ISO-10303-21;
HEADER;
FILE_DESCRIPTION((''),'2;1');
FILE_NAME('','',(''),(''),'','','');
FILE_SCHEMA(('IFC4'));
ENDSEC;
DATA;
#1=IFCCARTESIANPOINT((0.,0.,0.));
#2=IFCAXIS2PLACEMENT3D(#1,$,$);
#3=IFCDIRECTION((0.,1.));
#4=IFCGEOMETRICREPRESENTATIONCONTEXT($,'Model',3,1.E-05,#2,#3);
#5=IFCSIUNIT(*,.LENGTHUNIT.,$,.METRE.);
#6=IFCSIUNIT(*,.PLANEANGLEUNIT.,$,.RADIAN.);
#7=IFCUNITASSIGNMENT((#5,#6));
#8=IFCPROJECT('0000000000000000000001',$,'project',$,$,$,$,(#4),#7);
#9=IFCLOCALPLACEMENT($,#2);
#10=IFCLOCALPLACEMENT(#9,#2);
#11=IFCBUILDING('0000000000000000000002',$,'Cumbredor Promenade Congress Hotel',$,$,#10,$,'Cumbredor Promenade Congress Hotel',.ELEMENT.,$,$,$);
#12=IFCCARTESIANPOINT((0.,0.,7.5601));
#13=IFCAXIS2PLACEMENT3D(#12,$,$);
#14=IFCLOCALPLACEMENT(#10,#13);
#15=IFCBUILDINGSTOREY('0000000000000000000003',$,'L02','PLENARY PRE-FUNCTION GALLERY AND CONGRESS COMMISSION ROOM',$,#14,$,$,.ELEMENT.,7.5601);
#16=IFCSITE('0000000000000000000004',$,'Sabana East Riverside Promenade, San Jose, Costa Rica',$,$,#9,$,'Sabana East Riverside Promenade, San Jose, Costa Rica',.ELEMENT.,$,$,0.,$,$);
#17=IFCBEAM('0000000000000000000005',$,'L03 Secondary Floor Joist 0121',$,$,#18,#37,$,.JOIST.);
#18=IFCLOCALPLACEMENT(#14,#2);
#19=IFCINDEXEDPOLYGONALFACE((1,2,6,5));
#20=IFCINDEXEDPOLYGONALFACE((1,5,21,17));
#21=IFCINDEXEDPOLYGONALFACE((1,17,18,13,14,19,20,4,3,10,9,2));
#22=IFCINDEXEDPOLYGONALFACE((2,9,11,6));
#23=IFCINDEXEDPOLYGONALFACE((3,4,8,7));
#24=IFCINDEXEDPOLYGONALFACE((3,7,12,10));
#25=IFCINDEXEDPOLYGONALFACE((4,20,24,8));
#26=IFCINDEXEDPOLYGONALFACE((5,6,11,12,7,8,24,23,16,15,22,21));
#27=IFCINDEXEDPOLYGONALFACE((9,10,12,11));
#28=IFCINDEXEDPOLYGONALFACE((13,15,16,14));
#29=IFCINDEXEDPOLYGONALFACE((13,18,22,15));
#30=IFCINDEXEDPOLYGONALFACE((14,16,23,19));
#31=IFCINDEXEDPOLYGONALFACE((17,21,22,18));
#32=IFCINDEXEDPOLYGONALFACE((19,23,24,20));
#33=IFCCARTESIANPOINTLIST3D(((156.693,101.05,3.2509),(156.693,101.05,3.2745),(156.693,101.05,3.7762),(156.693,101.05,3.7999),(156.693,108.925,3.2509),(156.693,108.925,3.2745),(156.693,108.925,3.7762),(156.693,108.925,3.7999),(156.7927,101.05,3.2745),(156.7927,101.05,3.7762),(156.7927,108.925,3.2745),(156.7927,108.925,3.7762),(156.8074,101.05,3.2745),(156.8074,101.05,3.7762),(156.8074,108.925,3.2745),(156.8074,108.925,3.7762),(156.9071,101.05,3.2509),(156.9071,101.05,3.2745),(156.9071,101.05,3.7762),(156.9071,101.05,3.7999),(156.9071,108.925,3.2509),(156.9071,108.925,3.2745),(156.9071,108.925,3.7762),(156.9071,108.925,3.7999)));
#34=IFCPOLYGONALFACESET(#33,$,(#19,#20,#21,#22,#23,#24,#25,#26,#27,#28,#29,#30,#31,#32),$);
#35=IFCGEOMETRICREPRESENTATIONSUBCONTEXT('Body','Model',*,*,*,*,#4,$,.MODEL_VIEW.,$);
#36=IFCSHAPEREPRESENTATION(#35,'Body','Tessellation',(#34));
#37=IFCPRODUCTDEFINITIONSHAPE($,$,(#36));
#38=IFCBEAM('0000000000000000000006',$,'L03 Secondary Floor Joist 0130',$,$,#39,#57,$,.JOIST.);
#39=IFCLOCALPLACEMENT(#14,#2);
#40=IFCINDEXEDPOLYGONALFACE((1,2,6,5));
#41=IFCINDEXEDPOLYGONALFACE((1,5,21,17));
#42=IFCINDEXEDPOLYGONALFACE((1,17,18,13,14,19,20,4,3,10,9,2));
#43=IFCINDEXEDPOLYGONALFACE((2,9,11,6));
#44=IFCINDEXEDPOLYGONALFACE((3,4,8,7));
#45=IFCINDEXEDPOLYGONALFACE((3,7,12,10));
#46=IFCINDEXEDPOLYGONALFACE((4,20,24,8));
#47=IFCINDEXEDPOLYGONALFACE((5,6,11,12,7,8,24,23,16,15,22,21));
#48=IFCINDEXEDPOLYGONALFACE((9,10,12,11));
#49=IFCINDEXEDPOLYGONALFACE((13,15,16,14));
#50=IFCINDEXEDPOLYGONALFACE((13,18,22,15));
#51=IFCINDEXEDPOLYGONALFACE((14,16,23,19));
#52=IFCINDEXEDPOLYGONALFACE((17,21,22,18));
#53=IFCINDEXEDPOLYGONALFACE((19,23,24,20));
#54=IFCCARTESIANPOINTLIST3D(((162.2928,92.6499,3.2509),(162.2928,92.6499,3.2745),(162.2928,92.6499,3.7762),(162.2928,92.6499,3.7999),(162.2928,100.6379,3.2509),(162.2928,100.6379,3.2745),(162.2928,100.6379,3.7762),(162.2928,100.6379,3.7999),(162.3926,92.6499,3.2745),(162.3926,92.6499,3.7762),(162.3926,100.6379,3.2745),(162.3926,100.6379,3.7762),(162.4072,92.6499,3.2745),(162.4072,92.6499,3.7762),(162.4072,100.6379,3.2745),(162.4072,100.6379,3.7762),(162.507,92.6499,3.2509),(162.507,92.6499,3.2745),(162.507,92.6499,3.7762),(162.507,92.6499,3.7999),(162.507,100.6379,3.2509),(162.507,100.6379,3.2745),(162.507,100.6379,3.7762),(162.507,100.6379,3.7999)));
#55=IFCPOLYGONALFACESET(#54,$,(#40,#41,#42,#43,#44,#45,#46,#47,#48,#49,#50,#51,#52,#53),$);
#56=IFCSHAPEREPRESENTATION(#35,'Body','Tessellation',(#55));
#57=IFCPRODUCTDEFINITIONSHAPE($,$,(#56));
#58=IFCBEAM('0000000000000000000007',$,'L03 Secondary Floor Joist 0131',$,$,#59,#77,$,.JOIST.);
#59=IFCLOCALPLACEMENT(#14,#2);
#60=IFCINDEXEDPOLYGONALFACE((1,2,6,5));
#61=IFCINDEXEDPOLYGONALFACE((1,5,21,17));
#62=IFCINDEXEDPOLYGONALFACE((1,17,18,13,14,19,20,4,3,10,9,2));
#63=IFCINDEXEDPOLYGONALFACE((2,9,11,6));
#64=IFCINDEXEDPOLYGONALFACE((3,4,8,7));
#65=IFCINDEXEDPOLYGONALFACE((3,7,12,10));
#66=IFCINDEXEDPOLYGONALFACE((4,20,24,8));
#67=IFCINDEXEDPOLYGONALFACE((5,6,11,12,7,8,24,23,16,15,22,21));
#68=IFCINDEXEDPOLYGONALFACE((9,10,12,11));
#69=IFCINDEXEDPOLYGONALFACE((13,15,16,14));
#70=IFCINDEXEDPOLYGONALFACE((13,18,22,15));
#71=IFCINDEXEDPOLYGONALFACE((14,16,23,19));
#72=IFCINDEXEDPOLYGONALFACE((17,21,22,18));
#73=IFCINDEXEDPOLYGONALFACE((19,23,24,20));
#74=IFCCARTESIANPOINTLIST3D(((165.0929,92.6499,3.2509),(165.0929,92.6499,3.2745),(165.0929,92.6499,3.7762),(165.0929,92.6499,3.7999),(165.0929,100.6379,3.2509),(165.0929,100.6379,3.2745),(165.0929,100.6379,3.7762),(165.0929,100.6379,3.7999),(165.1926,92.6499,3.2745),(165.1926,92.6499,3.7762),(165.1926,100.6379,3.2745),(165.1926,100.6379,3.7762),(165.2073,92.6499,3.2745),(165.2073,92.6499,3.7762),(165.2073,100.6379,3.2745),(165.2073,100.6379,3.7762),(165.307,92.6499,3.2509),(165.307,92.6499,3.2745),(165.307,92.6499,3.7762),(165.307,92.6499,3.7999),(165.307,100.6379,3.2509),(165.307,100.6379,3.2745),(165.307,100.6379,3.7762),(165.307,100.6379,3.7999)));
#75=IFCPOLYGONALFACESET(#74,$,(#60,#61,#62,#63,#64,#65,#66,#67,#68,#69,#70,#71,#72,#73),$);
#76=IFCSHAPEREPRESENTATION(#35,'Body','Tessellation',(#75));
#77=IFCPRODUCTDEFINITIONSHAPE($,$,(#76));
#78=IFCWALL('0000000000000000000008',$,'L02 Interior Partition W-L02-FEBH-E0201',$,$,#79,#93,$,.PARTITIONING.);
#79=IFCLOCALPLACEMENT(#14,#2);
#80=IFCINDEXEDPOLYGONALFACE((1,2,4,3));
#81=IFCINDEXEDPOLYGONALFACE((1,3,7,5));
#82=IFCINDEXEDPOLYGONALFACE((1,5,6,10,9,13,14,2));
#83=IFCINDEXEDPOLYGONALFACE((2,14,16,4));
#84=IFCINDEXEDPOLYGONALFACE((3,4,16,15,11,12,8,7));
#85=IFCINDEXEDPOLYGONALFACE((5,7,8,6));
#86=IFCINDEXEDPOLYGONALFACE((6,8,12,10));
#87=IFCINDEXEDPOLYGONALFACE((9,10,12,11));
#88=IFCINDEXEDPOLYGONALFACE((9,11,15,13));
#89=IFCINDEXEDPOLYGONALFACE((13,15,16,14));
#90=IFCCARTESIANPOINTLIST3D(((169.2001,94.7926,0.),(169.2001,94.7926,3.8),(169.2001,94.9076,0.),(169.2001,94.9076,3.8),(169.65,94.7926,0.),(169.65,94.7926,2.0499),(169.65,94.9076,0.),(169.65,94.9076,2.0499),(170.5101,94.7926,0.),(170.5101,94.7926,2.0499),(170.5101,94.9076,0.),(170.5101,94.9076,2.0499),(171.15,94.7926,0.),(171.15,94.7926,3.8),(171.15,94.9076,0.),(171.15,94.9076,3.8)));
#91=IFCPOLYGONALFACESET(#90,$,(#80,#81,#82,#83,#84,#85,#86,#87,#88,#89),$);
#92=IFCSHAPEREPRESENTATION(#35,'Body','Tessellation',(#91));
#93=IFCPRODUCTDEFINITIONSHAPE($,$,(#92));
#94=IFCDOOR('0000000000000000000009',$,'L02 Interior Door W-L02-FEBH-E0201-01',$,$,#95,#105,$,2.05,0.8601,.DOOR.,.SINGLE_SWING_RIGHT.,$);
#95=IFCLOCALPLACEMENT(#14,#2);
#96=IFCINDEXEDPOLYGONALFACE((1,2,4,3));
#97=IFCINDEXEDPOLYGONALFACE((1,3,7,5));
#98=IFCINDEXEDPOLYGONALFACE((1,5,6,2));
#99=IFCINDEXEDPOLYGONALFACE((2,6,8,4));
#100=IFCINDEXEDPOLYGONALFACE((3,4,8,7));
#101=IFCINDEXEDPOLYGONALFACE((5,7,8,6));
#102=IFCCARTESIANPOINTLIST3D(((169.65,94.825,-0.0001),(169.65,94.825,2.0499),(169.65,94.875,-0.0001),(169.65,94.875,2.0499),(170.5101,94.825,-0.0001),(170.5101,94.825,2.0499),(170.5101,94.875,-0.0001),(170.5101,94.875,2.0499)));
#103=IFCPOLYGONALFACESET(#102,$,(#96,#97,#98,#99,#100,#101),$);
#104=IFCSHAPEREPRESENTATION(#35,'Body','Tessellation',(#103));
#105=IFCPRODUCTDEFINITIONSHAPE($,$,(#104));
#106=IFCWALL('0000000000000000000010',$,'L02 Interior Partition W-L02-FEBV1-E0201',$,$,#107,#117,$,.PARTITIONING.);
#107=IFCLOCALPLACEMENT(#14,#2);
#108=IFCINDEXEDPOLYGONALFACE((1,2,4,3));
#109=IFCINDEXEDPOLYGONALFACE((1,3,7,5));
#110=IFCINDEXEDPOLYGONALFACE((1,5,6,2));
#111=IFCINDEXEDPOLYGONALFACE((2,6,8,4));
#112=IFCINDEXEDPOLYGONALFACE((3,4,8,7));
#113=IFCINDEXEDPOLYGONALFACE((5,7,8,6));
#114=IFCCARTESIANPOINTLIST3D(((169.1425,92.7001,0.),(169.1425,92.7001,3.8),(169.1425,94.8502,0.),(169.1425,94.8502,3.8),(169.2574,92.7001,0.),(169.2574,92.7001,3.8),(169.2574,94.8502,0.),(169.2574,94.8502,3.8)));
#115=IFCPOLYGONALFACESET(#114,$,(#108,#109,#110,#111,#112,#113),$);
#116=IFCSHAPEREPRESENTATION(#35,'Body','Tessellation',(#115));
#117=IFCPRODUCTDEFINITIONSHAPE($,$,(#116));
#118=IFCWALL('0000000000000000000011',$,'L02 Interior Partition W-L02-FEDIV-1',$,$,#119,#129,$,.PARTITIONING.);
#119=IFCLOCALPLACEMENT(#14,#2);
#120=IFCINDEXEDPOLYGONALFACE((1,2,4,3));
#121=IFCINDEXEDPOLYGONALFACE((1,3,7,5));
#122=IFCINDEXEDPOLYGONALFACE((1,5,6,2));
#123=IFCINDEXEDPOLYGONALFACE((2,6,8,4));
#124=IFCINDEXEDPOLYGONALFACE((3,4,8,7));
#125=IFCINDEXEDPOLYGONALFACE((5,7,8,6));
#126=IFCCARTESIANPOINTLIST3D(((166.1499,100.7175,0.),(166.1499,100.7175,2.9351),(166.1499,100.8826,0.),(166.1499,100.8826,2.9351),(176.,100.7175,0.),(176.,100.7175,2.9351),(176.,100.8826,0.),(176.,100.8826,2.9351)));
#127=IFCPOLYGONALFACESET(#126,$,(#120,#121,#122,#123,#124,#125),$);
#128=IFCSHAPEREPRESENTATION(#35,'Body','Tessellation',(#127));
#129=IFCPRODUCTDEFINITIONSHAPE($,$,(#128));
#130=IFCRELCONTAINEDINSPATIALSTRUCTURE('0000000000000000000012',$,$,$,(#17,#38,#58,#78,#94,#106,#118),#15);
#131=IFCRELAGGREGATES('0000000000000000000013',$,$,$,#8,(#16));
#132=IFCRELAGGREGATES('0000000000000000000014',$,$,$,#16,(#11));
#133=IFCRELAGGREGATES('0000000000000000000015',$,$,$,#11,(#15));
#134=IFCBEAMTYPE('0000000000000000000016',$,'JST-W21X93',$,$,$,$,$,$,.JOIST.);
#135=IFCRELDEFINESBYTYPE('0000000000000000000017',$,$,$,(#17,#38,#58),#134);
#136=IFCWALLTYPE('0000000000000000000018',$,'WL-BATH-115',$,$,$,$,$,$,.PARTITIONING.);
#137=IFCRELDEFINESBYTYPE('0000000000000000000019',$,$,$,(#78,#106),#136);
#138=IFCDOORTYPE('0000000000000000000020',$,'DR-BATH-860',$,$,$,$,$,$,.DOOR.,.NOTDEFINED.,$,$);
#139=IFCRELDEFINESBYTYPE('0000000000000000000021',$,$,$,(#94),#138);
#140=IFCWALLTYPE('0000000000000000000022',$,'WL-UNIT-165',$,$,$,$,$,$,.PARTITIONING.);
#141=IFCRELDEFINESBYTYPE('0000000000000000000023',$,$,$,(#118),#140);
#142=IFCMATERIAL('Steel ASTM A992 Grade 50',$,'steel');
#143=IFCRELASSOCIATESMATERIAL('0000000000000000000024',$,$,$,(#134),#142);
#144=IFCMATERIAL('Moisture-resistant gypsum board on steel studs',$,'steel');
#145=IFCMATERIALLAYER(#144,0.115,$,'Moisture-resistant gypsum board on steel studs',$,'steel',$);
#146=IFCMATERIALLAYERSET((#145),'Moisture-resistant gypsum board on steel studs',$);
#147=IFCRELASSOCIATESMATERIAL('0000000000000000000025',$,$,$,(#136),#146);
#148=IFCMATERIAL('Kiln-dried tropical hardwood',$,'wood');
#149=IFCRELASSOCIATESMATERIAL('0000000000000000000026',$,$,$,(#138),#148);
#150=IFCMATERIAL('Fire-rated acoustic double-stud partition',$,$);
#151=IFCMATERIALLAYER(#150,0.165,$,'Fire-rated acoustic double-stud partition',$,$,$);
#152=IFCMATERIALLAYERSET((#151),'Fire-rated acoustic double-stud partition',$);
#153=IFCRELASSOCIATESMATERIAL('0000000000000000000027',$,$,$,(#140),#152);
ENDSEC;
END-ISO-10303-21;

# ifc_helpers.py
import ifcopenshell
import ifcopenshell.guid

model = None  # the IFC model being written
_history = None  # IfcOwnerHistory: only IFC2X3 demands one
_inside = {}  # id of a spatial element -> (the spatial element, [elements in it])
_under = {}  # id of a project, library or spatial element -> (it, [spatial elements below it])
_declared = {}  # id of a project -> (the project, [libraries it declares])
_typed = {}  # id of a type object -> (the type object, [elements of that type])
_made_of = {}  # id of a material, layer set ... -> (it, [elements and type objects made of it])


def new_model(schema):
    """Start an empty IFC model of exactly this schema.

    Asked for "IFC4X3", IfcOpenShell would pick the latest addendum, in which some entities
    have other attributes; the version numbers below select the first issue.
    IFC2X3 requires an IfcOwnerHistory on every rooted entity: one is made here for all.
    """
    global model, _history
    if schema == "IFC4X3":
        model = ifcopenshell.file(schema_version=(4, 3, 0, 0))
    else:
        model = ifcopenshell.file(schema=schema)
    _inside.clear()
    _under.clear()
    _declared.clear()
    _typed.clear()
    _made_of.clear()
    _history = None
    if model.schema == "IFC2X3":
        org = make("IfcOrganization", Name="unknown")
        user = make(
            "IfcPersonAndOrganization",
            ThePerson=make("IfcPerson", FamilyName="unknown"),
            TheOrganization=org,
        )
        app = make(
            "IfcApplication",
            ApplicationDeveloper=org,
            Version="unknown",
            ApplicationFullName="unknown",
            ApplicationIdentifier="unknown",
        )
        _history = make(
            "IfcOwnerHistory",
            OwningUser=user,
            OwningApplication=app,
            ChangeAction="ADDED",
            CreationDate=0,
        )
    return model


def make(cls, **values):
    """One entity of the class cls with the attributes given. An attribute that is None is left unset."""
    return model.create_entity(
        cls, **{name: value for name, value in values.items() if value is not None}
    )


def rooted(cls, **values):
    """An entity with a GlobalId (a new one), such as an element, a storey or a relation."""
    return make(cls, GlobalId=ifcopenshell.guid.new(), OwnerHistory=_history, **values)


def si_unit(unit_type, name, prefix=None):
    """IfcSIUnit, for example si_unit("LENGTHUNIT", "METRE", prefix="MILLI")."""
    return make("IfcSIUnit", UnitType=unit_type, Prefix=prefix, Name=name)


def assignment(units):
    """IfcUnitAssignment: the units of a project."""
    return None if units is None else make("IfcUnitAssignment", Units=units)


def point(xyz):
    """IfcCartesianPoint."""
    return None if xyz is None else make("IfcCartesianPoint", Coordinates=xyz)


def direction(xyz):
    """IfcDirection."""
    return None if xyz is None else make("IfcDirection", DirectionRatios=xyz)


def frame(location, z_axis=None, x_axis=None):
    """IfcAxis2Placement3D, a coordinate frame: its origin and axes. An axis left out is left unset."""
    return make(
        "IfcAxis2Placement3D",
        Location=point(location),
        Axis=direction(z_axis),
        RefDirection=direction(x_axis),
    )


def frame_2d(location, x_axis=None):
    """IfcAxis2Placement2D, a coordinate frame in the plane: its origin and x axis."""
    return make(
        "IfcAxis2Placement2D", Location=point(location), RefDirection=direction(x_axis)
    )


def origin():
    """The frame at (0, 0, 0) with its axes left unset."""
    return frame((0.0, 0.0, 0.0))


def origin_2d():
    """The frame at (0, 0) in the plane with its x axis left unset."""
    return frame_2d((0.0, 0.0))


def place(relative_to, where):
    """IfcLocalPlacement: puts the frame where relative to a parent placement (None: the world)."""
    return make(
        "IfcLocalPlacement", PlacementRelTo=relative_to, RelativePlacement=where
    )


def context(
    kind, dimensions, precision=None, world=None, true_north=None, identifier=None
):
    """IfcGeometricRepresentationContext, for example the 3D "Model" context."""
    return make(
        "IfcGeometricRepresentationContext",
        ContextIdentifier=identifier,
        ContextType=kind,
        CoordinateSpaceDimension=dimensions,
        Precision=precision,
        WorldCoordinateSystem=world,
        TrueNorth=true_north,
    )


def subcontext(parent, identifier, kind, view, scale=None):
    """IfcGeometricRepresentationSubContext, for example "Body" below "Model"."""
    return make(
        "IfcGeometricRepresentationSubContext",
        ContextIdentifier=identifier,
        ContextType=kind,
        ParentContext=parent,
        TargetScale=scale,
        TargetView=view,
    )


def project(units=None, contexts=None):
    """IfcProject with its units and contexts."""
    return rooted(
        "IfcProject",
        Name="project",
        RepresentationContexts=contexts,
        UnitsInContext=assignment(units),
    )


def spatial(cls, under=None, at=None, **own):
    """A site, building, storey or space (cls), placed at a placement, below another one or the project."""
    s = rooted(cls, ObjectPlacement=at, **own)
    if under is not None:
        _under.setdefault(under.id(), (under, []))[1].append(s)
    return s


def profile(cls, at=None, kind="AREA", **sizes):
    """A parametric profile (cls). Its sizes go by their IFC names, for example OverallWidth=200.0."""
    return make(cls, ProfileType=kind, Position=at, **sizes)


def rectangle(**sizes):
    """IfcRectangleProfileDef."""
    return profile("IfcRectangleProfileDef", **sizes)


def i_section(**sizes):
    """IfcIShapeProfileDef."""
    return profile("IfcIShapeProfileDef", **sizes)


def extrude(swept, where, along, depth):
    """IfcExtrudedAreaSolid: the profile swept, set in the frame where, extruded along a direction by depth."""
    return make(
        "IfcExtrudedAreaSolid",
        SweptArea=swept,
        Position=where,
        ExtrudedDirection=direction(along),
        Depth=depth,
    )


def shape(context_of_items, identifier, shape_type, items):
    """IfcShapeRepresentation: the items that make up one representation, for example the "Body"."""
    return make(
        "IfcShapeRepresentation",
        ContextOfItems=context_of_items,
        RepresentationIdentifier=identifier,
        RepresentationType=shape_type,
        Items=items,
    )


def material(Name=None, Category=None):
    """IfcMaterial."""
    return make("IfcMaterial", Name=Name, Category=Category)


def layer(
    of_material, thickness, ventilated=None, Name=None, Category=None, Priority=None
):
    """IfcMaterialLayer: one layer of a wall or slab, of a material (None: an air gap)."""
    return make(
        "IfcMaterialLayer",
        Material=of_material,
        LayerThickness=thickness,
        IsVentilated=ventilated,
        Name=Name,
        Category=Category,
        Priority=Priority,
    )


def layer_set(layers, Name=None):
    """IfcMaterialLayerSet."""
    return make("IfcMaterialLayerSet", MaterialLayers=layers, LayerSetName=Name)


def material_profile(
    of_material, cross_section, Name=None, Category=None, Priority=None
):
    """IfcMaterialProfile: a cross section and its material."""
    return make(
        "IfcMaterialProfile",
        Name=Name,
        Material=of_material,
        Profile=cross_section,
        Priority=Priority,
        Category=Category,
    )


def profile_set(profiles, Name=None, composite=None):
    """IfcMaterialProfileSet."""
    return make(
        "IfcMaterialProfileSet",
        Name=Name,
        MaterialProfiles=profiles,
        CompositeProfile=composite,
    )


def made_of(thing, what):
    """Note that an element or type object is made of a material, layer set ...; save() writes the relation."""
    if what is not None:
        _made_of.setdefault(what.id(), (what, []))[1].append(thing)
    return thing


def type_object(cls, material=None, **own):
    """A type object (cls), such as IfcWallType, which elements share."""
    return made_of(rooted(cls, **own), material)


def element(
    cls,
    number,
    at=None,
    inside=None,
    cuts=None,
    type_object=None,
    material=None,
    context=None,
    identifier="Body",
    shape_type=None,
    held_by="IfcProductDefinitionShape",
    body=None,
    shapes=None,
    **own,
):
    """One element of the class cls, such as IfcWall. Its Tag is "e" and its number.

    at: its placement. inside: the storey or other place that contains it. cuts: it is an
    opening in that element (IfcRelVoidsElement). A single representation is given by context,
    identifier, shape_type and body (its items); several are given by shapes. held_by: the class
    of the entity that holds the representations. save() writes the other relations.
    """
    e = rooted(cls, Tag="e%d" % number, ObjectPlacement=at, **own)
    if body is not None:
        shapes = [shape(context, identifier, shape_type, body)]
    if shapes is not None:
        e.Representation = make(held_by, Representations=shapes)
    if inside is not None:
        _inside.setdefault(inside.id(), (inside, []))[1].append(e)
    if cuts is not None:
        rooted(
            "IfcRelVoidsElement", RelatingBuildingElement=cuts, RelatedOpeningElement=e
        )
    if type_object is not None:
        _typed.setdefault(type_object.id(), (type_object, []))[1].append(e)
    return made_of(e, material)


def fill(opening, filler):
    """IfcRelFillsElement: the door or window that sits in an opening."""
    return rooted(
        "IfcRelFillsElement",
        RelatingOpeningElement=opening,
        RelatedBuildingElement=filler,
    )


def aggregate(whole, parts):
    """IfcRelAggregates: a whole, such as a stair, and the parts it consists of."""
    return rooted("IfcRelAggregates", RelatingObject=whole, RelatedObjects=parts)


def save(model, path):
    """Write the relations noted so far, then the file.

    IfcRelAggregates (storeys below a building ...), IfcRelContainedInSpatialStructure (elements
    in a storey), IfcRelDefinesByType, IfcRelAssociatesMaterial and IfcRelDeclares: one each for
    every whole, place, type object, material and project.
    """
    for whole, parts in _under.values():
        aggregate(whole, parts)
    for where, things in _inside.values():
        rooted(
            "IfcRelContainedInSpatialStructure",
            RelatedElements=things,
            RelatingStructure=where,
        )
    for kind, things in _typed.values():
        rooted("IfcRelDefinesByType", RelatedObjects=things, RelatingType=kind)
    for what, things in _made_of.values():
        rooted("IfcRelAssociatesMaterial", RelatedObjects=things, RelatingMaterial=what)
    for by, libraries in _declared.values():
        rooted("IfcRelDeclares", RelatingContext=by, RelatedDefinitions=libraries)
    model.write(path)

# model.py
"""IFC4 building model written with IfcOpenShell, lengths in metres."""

from ifc_helpers import new_model, si_unit, direction, frame, frame_2d, origin, origin_2d, place, context, subcontext, project, spatial, rectangle, i_section, extrude, material, layer, layer_set, material_profile, profile_set, type_object, element, fill, save


model = new_model("IFC4")

# Units and contexts
model_context = context("Model", 3, precision=1e-05, world=origin(), true_north=direction((0.0, 1.0)))
body_context = subcontext(model_context, "Body", "Model", "MODEL_VIEW")
ifc_project = project(units=[si_unit("LENGTHUNIT", "METRE"), si_unit("PLANEANGLEUNIT", "RADIAN")], contexts=[model_context])

# Site, building, storey
site_placement = place(None, origin())
site = spatial("IfcSite", under=ifc_project, at=site_placement, Name="Sabana East Riverside Promenade, San Jose, Costa Rica", LongName="Sabana East Riverside Promenade, San Jose, Costa Rica", CompositionType="ELEMENT", RefElevation=0.0)
building_placement = place(site_placement, origin())
building = spatial("IfcBuilding", under=site, at=building_placement, Name="Cumbredor Promenade Congress Hotel", LongName="Cumbredor Promenade Congress Hotel", CompositionType="ELEMENT")
storey_placement = place(building_placement, frame((0.0, 0.0, 7.5601)))
storey = spatial("IfcBuildingStorey", under=building, at=storey_placement, Name="L02", Description="PLENARY PRE-FUNCTION GALLERY AND CONGRESS COMMISSION ROOM", CompositionType="ELEMENT", Elevation=7.5601)

# Beams
ifc_material_1 = material(Name="Steel ASTM A992 Grade 50", Category="steel")
ifc_material_profile_1 = material_profile(ifc_material_1, i_section(OverallWidth=0.2141, OverallDepth=0.5491, WebThickness=0.0146, FlangeThickness=0.0237, at=origin_2d()), Name="W21X93")
ifc_profile_set_1 = profile_set([ifc_material_profile_1], Name="Steel ASTM A992 Grade 50")
beam_type_1 = type_object("IfcBeamType", Name="JST-W21X93", PredefinedType="JOIST", material=ifc_profile_set_1)
beam_1_placement = place(storey_placement, frame((156.8, 101.05, 3.5254), z_axis=(0.0, 1.0, 0.0), x_axis=(-1.0, 0.0, 0.0)))
element("IfcBeam", 1, at=beam_1_placement, inside=storey, type_object=beam_type_1, Name="L03 Secondary Floor Joist 0121", PredefinedType="JOIST", context=body_context, shape_type="SweptSolid", body=[
    extrude(i_section(OverallWidth=0.2141, OverallDepth=0.5491, WebThickness=0.0146, FlangeThickness=0.0237, at=origin_2d()), origin(), (0.0, 0.0, 1.0), 7.875),
])
for number, where, z_axis, x_axis, name in (
    (2, (162.3999, 92.6499, 3.5254), (0.0, 1.0, 0.0), (-1.0, 0.0, 0.0), "L03 Secondary Floor Joist 0130"),
    (3, (165.2, 92.6499, 3.5254), (0.0, 1.0, 0.0), (-1.0, 0.0, 0.0), "L03 Secondary Floor Joist 0131"),
):
    element("IfcBeam", number, at=place(storey_placement, frame(where, z_axis=z_axis, x_axis=x_axis)), inside=storey, type_object=beam_type_1, Name=name, PredefinedType="JOIST", context=body_context, shape_type="SweptSolid", body=[
        extrude(i_section(OverallWidth=0.2141, OverallDepth=0.5491, WebThickness=0.0146, FlangeThickness=0.0237, at=origin_2d()), origin(), (0.0, 0.0, 1.0), 7.988),
    ])

# Wall, opening, door
ifc_material_2 = material(Name="Moisture-resistant gypsum board on steel studs", Category="steel")
ifc_layer_1 = layer(ifc_material_2, 0.115, Name="Moisture-resistant gypsum board on steel studs", Category="steel")
ifc_layer_set_1 = layer_set([ifc_layer_1], Name="Moisture-resistant gypsum board on steel studs")
wall_type_1 = type_object("IfcWallType", Name="WL-BATH-115", PredefinedType="PARTITIONING", material=ifc_layer_set_1)
wall_1_placement = place(storey_placement, frame((169.2, 94.8501, 0.0), z_axis=(0.0, 0.0, 1.0), x_axis=(1.0, 0.0, 0.0)))
wall_1 = element("IfcWall", 4, at=wall_1_placement, inside=storey, type_object=wall_type_1, Name="L02 Interior Partition W-L02-FEBH-E0201", PredefinedType="PARTITIONING", context=body_context, shape_type="SweptSolid", body=[
    extrude(rectangle(XDim=1.95, YDim=0.115, at=frame_2d((0.9751, 0.0))), origin(), (0.0, 0.0, 1.0), 3.8),
])
opening_placement = place(wall_1_placement, frame((0.45, 0.0, 0.0)))
opening = element("IfcOpeningElement", 5, at=opening_placement, cuts=wall_1, PredefinedType="OPENING", context=body_context, shape_type="SweptSolid", body=[
    extrude(rectangle(XDim=0.8601, YDim=2.05, at=frame_2d((0.4302, 1.0249))), frame((0.0, 0.0674, 0.0), z_axis=(0.0, -1.0, 0.0), x_axis=(1.0, 0.0, 0.0)), (0.0, 0.0, 1.0), 0.135),
])
ifc_material_3 = material(Name="Kiln-dried tropical hardwood", Category="wood")
door_type = type_object("IfcDoorType", Name="DR-BATH-860", OperationType="NOTDEFINED", PredefinedType="DOOR", material=ifc_material_3)
door_placement = place(opening_placement, origin())
door = element("IfcDoor", 6, at=door_placement, inside=storey, type_object=door_type, Name="L02 Interior Door W-L02-FEBH-E0201-01", OperationType="SINGLE_SWING_RIGHT", OverallHeight=2.05, OverallWidth=0.8601, PredefinedType="DOOR", context=body_context, shape_type="SweptSolid", body=[
    extrude(rectangle(XDim=0.8601, YDim=2.05, at=frame_2d((0.4302, 1.0249))), frame((0.0, 0.0249, 0.0), z_axis=(0.0, -1.0, 0.0), x_axis=(1.0, 0.0, 0.0)), (0.0, 0.0, 1.0), 0.05),
])
fill(opening, door)

# Walls
wall_2_placement = place(storey_placement, frame((169.2, 92.7, 0.0), z_axis=(0.0, 0.0, 1.0), x_axis=(0.0, 1.0, 0.0)))
element("IfcWall", 7, at=wall_2_placement, inside=storey, type_object=wall_type_1, Name="L02 Interior Partition W-L02-FEBV1-E0201", PredefinedType="PARTITIONING", context=body_context, shape_type="SweptSolid", body=[
    extrude(rectangle(XDim=2.1501, YDim=0.115, at=frame_2d((1.0752, 0.0))), origin(), (0.0, 0.0, 1.0), 3.8),
])
ifc_material_4 = material(Name="Fire-rated acoustic double-stud partition")
ifc_layer_2 = layer(ifc_material_4, 0.165, Name="Fire-rated acoustic double-stud partition")
ifc_layer_set_2 = layer_set([ifc_layer_2], Name="Fire-rated acoustic double-stud partition")
wall_type_2 = type_object("IfcWallType", Name="WL-UNIT-165", PredefinedType="PARTITIONING", material=ifc_layer_set_2)
wall_3_placement = place(storey_placement, frame((166.1499, 100.8, 0.0), z_axis=(0.0, 0.0, 1.0), x_axis=(1.0, 0.0, 0.0)))
element("IfcWall", 8, at=wall_3_placement, inside=storey, type_object=wall_type_2, Name="L02 Interior Partition W-L02-FEDIV-1", PredefinedType="PARTITIONING", context=body_context, shape_type="SweptSolid", body=[
    extrude(rectangle(XDim=9.8501, YDim=0.165, at=frame_2d((4.925, 0.0))), origin(), (0.0, 0.0, 1.0), 2.9351),
])

save(model, "model.ifc")
